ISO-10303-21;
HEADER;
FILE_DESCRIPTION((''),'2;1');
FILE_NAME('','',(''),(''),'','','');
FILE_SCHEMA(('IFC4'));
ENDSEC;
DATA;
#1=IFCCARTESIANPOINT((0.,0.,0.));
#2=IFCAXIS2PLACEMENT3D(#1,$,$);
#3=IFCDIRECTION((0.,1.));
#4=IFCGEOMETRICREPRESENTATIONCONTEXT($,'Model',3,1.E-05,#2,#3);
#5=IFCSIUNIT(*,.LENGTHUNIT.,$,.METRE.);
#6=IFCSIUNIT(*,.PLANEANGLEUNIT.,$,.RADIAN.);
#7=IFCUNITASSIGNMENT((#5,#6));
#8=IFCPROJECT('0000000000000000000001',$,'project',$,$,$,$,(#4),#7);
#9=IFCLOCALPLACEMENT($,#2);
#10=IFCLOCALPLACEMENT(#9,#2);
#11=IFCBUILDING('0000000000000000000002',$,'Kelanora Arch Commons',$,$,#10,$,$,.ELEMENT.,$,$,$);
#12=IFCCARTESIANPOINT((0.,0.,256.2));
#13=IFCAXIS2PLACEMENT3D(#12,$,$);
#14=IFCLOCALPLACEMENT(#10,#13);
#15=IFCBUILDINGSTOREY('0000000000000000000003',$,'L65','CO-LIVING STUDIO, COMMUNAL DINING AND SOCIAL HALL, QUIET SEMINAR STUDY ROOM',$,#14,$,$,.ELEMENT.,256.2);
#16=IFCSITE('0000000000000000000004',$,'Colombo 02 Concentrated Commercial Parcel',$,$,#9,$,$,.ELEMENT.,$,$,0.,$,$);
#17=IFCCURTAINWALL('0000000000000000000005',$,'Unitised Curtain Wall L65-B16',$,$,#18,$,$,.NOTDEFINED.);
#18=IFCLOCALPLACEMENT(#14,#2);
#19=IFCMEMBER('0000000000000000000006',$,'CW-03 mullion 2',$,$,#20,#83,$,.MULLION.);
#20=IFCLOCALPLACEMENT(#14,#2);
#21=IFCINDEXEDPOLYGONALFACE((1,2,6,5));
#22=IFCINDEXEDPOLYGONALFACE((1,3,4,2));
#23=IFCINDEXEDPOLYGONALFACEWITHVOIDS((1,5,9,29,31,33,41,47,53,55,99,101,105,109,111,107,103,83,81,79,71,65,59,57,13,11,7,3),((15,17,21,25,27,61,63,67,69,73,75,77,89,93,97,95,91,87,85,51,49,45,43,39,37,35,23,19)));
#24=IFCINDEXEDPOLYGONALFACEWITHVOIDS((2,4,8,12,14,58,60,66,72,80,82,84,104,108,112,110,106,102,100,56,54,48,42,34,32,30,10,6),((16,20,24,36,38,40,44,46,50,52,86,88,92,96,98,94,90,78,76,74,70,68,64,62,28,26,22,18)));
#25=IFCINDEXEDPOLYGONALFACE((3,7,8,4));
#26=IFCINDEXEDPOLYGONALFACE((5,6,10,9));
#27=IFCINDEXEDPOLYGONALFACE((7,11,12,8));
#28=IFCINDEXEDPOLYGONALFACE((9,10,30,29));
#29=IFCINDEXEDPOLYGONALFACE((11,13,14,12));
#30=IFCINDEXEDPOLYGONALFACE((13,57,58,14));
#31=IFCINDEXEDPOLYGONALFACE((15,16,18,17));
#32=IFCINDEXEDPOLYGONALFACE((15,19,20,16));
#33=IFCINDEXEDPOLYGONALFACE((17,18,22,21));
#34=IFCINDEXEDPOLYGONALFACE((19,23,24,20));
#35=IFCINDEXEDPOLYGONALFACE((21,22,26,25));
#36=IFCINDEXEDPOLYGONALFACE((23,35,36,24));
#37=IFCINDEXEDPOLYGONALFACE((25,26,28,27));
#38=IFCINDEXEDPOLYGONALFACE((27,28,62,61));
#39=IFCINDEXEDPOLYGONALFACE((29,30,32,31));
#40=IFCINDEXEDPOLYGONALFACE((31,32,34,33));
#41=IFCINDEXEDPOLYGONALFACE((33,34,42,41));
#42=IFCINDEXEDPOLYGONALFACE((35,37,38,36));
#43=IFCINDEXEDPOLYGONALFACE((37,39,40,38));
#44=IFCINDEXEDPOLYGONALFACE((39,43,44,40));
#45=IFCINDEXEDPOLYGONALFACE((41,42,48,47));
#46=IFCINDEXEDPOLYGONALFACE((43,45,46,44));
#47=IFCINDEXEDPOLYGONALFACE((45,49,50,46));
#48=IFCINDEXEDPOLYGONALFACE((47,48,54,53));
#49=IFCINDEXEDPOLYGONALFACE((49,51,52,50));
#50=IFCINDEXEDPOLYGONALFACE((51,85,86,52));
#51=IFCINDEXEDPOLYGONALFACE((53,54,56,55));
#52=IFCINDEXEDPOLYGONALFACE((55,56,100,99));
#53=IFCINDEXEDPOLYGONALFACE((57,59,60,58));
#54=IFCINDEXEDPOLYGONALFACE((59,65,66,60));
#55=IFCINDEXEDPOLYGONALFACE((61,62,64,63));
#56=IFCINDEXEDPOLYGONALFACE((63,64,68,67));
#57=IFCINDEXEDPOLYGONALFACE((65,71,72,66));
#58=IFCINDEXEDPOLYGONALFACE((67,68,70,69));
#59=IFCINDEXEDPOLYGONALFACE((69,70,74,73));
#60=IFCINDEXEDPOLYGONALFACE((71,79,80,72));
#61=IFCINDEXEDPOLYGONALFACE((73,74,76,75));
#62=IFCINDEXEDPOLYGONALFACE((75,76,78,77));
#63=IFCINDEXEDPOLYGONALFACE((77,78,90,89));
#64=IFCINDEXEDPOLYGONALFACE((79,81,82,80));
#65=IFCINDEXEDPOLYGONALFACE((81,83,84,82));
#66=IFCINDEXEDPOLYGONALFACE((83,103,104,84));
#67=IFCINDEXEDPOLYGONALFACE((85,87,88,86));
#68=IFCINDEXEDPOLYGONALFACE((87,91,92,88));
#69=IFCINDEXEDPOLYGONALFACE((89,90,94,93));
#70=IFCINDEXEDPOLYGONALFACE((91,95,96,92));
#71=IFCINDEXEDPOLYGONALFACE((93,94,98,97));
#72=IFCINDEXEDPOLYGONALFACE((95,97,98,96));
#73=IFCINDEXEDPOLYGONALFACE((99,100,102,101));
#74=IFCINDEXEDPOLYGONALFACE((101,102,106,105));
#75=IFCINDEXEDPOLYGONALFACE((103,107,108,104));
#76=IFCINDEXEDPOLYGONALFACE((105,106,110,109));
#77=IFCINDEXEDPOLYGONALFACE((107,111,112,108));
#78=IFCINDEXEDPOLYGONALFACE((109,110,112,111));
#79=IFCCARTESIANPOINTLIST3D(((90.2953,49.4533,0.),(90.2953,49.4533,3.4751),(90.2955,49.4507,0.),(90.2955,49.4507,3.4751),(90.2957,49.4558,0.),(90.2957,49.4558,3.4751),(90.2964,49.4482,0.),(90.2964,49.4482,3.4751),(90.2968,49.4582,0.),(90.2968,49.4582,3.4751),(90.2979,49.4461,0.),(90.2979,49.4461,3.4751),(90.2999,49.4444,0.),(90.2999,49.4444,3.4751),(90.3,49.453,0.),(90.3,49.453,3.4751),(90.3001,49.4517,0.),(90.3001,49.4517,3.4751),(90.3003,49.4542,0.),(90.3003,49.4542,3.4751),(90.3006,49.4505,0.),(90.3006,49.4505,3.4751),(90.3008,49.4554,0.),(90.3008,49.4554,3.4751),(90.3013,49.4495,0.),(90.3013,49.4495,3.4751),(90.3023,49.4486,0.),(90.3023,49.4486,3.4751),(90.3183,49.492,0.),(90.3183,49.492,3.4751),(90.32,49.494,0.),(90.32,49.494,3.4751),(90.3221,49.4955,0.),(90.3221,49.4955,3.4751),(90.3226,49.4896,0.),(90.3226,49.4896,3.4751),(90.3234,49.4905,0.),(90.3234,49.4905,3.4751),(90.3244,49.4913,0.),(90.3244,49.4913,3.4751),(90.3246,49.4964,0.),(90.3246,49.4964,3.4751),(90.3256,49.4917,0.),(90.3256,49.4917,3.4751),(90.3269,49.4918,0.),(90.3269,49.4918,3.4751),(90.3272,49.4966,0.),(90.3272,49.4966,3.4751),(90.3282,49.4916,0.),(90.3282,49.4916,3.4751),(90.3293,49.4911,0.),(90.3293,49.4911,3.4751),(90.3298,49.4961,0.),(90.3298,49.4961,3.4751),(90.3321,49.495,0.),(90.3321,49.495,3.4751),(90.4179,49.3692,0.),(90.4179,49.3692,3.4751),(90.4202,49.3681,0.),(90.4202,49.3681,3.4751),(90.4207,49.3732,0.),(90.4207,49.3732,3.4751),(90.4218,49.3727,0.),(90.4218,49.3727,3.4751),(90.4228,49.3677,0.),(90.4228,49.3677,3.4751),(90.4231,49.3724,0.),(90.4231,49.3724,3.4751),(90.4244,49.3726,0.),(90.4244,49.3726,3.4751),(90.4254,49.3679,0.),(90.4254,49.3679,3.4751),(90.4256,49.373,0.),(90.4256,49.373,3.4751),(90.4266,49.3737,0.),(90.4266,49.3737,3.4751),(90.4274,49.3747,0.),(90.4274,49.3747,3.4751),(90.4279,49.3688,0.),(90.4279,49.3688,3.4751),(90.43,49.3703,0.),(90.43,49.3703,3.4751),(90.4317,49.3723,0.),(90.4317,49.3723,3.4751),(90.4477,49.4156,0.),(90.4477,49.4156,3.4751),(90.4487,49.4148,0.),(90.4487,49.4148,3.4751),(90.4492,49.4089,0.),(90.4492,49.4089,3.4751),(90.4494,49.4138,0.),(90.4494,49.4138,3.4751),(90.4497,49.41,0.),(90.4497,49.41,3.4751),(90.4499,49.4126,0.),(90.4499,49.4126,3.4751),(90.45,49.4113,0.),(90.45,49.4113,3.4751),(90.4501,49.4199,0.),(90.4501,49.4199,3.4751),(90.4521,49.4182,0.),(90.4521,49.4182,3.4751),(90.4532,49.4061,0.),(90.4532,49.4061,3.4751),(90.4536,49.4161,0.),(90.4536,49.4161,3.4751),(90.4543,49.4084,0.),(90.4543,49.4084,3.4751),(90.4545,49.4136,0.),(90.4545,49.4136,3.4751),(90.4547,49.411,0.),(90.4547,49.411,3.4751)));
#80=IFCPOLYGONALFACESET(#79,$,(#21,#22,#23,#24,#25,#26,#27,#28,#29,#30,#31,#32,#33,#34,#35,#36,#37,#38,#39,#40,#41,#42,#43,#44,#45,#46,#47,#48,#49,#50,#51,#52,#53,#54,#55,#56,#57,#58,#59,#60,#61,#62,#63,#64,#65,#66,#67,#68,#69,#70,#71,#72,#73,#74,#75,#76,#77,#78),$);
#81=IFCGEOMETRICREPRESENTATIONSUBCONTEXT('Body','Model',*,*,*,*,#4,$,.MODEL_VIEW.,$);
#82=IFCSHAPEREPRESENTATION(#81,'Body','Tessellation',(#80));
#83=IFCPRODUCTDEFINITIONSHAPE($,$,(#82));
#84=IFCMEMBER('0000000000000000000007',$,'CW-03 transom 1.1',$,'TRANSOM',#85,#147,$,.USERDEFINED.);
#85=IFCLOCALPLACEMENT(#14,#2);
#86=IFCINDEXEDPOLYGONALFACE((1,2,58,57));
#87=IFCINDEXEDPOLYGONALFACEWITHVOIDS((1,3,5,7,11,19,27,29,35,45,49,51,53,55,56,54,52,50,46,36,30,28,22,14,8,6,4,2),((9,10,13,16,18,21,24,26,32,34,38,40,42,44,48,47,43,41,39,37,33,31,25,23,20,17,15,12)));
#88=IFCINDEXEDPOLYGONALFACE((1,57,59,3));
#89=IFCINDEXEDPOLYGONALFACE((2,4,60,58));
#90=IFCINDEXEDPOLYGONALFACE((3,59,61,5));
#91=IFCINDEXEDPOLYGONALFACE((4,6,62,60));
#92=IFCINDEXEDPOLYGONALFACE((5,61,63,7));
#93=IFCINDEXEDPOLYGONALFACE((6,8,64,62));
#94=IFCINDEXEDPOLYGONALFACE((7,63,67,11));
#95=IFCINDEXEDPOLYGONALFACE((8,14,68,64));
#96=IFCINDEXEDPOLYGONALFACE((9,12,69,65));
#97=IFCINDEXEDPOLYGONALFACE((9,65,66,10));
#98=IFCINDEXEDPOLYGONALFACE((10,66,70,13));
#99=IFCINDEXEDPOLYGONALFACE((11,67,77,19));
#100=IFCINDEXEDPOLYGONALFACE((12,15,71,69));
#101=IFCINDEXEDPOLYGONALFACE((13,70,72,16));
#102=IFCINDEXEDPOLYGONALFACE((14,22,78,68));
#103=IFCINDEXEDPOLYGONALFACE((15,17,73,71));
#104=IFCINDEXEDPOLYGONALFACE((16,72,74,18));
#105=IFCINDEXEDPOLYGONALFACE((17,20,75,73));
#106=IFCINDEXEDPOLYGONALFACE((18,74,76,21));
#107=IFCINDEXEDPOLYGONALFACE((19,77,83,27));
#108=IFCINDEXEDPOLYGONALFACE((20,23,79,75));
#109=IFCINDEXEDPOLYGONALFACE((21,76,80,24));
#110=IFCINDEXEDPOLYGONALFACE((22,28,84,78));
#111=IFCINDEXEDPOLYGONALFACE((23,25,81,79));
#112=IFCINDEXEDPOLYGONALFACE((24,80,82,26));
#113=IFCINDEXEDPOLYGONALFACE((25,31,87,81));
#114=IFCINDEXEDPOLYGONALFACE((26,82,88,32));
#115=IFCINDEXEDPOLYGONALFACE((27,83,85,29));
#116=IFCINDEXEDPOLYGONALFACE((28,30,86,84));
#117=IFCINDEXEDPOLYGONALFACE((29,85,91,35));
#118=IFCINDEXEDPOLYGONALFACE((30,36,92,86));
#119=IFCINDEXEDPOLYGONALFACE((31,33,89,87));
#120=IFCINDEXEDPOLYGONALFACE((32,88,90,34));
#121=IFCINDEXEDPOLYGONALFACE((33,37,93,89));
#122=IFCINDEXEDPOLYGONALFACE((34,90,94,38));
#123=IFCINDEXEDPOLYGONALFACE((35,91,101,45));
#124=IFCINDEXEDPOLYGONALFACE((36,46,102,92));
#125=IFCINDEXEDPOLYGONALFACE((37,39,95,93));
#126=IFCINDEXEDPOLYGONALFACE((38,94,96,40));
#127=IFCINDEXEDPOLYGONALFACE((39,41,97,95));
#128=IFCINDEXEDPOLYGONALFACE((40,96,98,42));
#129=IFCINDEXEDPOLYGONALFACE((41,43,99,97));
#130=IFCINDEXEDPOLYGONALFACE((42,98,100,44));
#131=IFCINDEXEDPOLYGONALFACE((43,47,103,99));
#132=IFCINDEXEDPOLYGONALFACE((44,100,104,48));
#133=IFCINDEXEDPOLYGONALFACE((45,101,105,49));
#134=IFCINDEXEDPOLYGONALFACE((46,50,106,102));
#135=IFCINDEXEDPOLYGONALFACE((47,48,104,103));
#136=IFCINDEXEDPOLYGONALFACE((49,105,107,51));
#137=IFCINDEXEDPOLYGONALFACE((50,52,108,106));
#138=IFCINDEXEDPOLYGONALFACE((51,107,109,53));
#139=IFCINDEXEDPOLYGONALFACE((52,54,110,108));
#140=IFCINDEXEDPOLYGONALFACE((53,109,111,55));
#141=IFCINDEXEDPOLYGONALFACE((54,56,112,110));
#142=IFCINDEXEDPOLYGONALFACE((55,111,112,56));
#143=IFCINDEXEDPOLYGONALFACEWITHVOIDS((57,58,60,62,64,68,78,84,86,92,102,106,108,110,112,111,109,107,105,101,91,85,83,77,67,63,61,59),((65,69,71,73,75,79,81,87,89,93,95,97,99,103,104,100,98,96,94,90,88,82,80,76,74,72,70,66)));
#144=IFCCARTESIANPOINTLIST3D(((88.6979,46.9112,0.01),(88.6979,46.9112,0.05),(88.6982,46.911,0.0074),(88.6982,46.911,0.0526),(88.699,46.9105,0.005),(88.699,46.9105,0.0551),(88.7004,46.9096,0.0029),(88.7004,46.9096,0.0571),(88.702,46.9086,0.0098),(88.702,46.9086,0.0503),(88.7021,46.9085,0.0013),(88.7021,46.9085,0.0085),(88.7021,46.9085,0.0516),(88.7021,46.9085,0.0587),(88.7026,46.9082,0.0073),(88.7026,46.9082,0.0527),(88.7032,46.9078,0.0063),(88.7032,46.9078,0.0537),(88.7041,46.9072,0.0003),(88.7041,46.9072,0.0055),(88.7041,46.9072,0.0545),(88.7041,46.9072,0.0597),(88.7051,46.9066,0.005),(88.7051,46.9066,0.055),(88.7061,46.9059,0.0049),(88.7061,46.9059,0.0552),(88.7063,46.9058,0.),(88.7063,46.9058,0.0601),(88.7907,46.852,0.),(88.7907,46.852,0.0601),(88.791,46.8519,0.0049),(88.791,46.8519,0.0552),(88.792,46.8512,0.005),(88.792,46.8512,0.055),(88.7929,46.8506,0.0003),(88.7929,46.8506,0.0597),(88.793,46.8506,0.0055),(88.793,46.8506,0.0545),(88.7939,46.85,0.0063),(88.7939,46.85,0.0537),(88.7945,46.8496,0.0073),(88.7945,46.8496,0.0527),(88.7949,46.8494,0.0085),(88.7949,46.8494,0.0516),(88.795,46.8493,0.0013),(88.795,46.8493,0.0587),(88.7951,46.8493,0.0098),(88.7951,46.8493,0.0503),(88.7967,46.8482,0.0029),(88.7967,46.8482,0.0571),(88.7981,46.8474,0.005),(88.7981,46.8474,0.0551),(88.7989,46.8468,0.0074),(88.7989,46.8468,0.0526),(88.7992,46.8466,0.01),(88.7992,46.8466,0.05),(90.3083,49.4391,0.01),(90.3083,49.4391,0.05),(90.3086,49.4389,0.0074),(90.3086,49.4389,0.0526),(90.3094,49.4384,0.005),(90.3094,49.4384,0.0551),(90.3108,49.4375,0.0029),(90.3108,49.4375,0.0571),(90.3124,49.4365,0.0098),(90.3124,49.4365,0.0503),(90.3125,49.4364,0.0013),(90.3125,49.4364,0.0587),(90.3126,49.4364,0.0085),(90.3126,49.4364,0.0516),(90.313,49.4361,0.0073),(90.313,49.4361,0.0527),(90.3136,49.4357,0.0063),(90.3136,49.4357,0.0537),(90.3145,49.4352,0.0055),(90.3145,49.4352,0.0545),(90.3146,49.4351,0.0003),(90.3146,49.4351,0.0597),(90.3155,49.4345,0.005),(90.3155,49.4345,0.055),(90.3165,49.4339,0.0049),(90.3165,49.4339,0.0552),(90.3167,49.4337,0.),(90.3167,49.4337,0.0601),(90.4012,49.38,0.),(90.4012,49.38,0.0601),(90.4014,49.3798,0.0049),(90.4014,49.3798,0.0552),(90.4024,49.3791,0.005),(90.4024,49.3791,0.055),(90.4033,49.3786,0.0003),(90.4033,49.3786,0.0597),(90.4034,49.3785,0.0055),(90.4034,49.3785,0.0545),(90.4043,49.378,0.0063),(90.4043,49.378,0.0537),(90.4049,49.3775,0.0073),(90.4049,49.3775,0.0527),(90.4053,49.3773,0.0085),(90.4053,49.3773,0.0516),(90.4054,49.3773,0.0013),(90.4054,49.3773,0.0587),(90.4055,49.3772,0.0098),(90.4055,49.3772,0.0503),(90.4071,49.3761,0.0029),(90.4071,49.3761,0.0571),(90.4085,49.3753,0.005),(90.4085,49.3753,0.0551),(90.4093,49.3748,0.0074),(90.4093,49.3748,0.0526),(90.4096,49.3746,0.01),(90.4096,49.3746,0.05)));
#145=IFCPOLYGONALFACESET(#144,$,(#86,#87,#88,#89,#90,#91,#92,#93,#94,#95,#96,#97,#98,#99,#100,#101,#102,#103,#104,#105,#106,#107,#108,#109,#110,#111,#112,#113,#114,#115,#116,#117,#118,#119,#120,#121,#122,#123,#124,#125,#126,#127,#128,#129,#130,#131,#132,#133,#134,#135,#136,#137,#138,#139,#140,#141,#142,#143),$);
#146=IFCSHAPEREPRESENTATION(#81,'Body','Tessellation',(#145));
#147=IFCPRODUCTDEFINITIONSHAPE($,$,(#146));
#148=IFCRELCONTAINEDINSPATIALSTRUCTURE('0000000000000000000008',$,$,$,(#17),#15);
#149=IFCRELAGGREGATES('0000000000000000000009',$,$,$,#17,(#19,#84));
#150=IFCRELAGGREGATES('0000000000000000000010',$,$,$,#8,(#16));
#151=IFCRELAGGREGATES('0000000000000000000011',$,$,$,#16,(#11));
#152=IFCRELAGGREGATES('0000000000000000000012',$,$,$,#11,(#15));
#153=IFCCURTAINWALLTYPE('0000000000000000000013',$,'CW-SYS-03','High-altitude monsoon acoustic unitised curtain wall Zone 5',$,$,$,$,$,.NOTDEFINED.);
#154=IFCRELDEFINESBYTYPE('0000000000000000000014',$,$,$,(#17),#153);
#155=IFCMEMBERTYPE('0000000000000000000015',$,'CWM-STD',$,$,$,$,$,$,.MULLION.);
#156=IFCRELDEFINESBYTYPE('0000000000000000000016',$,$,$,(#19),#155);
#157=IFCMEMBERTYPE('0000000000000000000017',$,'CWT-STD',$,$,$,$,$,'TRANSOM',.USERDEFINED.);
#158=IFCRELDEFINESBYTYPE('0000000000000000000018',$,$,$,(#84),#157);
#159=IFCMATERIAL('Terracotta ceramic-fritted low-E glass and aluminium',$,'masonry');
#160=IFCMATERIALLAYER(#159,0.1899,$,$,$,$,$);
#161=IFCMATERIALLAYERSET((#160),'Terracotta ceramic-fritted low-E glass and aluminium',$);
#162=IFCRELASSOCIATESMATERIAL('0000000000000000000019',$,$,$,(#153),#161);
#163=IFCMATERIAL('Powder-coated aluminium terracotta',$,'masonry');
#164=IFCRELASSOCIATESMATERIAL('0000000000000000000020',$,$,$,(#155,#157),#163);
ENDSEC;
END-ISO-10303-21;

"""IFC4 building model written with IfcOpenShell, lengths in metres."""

from ifc_helpers import new_model, si_unit, direction, frame, origin, origin_2d, place, context, subcontext, project, spatial, hollow_rectangle, extrude, material, layer, layer_set, material_profile, profile_set, type_object, element, aggregate, save


model = new_model("IFC4")

# Units and contexts
model_context = context("Model", 3, precision=1e-05, world=origin(), true_north=direction((0.0, 1.0)))
body_context = subcontext(model_context, "Body", "Model", "MODEL_VIEW")
ifc_project = project(units=[si_unit("LENGTHUNIT", "METRE"), si_unit("PLANEANGLEUNIT", "RADIAN")], contexts=[model_context])

# Site, building, storey
site_placement = place(None, origin())
site = spatial("IfcSite", under=ifc_project, at=site_placement, Name="Colombo 02 Concentrated Commercial Parcel", CompositionType="ELEMENT", RefElevation=0.0)
building_placement = place(site_placement, origin())
building = spatial("IfcBuilding", under=site, at=building_placement, Name="Kelanora Arch Commons", CompositionType="ELEMENT")
storey_placement = place(building_placement, frame((0.0, 0.0, 256.2)))
storey = spatial("IfcBuildingStorey", under=building, at=storey_placement, Name="L65", Description="CO-LIVING STUDIO, COMMUNAL DINING AND SOCIAL HALL, QUIET SEMINAR STUDY ROOM", CompositionType="ELEMENT", Elevation=256.2)

# Shared definitions
ifc_material_1 = material(Name="Terracotta ceramic-fritted low-E glass and aluminium", Category="masonry")
ifc_layer_1 = layer(ifc_material_1, 0.1899)
ifc_layer_set_1 = layer_set([ifc_layer_1], Name="Terracotta ceramic-fritted low-E glass and aluminium")
curtain_wall_type = type_object("IfcCurtainWallType", Name="CW-SYS-03", Description="High-altitude monsoon acoustic unitised curtain wall Zone 5", PredefinedType="NOTDEFINED", material=ifc_layer_set_1)
ifc_material_2 = material(Name="Powder-coated aluminium terracotta", Category="masonry")
ifc_material_profile_1 = material_profile(ifc_material_2, hollow_rectangle(XDim=0.1599, YDim=0.0601, WallThickness=0.0049, InnerFilletRadius=0.0049, OuterFilletRadius=0.01, at=origin_2d()), Name="CWM160x60")
ifc_profile_set_1 = profile_set([ifc_material_profile_1], Name="Powder-coated aluminium terracotta")
member_type_1 = type_object("IfcMemberType", Name="CWM-STD", PredefinedType="MULLION", material=ifc_profile_set_1)

# Curtain wall, members
curtain_wall_1_placement = place(storey_placement, origin())
curtain_wall_1 = element("IfcCurtainWall", 1, at=curtain_wall_1_placement, inside=storey, type_object=curtain_wall_type, Name="Unitised Curtain Wall L65-B16", PredefinedType="NOTDEFINED")
member_1_placement = place(storey_placement, frame((90.375, 49.4321, 0.0), z_axis=(0.0, 0.0, 1.0), x_axis=(-0.843391, 0.5373, 0.0)))
member_1 = element("IfcMember", 2, at=member_1_placement, type_object=member_type_1, Name="CW-03 mullion 2", PredefinedType="MULLION", context=body_context, shape_type="SweptSolid", body=[
    extrude(hollow_rectangle(XDim=0.1599, YDim=0.0601, WallThickness=0.0049, InnerFilletRadius=0.0049, OuterFilletRadius=0.01, at=origin_2d()), origin(), (0.0, 0.0, 1.0), 3.4751),
])
ifc_material_profile_2 = material_profile(ifc_material_2, hollow_rectangle(XDim=0.1201, YDim=0.0601, WallThickness=0.0049, InnerFilletRadius=0.0049, OuterFilletRadius=0.01, at=origin_2d()), Name="CWT120x60")
ifc_profile_set_2 = profile_set([ifc_material_profile_2], Name="Powder-coated aluminium terracotta")
member_type_2 = type_object("IfcMemberType", Name="CWT-STD", ElementType="TRANSOM", PredefinedType="USERDEFINED", material=ifc_profile_set_2)
member_2_placement = place(storey_placement, frame((88.7485, 46.8789, 0.03), z_axis=(0.537287, 0.8434, 0.0), x_axis=(-0.8434, 0.537287, 0.0)))
member_2 = element("IfcMember", 3, at=member_2_placement, type_object=member_type_2, Name="CW-03 transom 1.1", ObjectType="TRANSOM", PredefinedType="USERDEFINED", context=body_context, shape_type="SweptSolid", body=[
    extrude(hollow_rectangle(XDim=0.1201, YDim=0.0601, WallThickness=0.0049, InnerFilletRadius=0.0049, OuterFilletRadius=0.01, at=origin_2d()), origin(), (0.0, 0.0, 1.0), 2.9973),
])
aggregate(curtain_wall_1, [member_1, member_2])

save(model, "model.ifc")
